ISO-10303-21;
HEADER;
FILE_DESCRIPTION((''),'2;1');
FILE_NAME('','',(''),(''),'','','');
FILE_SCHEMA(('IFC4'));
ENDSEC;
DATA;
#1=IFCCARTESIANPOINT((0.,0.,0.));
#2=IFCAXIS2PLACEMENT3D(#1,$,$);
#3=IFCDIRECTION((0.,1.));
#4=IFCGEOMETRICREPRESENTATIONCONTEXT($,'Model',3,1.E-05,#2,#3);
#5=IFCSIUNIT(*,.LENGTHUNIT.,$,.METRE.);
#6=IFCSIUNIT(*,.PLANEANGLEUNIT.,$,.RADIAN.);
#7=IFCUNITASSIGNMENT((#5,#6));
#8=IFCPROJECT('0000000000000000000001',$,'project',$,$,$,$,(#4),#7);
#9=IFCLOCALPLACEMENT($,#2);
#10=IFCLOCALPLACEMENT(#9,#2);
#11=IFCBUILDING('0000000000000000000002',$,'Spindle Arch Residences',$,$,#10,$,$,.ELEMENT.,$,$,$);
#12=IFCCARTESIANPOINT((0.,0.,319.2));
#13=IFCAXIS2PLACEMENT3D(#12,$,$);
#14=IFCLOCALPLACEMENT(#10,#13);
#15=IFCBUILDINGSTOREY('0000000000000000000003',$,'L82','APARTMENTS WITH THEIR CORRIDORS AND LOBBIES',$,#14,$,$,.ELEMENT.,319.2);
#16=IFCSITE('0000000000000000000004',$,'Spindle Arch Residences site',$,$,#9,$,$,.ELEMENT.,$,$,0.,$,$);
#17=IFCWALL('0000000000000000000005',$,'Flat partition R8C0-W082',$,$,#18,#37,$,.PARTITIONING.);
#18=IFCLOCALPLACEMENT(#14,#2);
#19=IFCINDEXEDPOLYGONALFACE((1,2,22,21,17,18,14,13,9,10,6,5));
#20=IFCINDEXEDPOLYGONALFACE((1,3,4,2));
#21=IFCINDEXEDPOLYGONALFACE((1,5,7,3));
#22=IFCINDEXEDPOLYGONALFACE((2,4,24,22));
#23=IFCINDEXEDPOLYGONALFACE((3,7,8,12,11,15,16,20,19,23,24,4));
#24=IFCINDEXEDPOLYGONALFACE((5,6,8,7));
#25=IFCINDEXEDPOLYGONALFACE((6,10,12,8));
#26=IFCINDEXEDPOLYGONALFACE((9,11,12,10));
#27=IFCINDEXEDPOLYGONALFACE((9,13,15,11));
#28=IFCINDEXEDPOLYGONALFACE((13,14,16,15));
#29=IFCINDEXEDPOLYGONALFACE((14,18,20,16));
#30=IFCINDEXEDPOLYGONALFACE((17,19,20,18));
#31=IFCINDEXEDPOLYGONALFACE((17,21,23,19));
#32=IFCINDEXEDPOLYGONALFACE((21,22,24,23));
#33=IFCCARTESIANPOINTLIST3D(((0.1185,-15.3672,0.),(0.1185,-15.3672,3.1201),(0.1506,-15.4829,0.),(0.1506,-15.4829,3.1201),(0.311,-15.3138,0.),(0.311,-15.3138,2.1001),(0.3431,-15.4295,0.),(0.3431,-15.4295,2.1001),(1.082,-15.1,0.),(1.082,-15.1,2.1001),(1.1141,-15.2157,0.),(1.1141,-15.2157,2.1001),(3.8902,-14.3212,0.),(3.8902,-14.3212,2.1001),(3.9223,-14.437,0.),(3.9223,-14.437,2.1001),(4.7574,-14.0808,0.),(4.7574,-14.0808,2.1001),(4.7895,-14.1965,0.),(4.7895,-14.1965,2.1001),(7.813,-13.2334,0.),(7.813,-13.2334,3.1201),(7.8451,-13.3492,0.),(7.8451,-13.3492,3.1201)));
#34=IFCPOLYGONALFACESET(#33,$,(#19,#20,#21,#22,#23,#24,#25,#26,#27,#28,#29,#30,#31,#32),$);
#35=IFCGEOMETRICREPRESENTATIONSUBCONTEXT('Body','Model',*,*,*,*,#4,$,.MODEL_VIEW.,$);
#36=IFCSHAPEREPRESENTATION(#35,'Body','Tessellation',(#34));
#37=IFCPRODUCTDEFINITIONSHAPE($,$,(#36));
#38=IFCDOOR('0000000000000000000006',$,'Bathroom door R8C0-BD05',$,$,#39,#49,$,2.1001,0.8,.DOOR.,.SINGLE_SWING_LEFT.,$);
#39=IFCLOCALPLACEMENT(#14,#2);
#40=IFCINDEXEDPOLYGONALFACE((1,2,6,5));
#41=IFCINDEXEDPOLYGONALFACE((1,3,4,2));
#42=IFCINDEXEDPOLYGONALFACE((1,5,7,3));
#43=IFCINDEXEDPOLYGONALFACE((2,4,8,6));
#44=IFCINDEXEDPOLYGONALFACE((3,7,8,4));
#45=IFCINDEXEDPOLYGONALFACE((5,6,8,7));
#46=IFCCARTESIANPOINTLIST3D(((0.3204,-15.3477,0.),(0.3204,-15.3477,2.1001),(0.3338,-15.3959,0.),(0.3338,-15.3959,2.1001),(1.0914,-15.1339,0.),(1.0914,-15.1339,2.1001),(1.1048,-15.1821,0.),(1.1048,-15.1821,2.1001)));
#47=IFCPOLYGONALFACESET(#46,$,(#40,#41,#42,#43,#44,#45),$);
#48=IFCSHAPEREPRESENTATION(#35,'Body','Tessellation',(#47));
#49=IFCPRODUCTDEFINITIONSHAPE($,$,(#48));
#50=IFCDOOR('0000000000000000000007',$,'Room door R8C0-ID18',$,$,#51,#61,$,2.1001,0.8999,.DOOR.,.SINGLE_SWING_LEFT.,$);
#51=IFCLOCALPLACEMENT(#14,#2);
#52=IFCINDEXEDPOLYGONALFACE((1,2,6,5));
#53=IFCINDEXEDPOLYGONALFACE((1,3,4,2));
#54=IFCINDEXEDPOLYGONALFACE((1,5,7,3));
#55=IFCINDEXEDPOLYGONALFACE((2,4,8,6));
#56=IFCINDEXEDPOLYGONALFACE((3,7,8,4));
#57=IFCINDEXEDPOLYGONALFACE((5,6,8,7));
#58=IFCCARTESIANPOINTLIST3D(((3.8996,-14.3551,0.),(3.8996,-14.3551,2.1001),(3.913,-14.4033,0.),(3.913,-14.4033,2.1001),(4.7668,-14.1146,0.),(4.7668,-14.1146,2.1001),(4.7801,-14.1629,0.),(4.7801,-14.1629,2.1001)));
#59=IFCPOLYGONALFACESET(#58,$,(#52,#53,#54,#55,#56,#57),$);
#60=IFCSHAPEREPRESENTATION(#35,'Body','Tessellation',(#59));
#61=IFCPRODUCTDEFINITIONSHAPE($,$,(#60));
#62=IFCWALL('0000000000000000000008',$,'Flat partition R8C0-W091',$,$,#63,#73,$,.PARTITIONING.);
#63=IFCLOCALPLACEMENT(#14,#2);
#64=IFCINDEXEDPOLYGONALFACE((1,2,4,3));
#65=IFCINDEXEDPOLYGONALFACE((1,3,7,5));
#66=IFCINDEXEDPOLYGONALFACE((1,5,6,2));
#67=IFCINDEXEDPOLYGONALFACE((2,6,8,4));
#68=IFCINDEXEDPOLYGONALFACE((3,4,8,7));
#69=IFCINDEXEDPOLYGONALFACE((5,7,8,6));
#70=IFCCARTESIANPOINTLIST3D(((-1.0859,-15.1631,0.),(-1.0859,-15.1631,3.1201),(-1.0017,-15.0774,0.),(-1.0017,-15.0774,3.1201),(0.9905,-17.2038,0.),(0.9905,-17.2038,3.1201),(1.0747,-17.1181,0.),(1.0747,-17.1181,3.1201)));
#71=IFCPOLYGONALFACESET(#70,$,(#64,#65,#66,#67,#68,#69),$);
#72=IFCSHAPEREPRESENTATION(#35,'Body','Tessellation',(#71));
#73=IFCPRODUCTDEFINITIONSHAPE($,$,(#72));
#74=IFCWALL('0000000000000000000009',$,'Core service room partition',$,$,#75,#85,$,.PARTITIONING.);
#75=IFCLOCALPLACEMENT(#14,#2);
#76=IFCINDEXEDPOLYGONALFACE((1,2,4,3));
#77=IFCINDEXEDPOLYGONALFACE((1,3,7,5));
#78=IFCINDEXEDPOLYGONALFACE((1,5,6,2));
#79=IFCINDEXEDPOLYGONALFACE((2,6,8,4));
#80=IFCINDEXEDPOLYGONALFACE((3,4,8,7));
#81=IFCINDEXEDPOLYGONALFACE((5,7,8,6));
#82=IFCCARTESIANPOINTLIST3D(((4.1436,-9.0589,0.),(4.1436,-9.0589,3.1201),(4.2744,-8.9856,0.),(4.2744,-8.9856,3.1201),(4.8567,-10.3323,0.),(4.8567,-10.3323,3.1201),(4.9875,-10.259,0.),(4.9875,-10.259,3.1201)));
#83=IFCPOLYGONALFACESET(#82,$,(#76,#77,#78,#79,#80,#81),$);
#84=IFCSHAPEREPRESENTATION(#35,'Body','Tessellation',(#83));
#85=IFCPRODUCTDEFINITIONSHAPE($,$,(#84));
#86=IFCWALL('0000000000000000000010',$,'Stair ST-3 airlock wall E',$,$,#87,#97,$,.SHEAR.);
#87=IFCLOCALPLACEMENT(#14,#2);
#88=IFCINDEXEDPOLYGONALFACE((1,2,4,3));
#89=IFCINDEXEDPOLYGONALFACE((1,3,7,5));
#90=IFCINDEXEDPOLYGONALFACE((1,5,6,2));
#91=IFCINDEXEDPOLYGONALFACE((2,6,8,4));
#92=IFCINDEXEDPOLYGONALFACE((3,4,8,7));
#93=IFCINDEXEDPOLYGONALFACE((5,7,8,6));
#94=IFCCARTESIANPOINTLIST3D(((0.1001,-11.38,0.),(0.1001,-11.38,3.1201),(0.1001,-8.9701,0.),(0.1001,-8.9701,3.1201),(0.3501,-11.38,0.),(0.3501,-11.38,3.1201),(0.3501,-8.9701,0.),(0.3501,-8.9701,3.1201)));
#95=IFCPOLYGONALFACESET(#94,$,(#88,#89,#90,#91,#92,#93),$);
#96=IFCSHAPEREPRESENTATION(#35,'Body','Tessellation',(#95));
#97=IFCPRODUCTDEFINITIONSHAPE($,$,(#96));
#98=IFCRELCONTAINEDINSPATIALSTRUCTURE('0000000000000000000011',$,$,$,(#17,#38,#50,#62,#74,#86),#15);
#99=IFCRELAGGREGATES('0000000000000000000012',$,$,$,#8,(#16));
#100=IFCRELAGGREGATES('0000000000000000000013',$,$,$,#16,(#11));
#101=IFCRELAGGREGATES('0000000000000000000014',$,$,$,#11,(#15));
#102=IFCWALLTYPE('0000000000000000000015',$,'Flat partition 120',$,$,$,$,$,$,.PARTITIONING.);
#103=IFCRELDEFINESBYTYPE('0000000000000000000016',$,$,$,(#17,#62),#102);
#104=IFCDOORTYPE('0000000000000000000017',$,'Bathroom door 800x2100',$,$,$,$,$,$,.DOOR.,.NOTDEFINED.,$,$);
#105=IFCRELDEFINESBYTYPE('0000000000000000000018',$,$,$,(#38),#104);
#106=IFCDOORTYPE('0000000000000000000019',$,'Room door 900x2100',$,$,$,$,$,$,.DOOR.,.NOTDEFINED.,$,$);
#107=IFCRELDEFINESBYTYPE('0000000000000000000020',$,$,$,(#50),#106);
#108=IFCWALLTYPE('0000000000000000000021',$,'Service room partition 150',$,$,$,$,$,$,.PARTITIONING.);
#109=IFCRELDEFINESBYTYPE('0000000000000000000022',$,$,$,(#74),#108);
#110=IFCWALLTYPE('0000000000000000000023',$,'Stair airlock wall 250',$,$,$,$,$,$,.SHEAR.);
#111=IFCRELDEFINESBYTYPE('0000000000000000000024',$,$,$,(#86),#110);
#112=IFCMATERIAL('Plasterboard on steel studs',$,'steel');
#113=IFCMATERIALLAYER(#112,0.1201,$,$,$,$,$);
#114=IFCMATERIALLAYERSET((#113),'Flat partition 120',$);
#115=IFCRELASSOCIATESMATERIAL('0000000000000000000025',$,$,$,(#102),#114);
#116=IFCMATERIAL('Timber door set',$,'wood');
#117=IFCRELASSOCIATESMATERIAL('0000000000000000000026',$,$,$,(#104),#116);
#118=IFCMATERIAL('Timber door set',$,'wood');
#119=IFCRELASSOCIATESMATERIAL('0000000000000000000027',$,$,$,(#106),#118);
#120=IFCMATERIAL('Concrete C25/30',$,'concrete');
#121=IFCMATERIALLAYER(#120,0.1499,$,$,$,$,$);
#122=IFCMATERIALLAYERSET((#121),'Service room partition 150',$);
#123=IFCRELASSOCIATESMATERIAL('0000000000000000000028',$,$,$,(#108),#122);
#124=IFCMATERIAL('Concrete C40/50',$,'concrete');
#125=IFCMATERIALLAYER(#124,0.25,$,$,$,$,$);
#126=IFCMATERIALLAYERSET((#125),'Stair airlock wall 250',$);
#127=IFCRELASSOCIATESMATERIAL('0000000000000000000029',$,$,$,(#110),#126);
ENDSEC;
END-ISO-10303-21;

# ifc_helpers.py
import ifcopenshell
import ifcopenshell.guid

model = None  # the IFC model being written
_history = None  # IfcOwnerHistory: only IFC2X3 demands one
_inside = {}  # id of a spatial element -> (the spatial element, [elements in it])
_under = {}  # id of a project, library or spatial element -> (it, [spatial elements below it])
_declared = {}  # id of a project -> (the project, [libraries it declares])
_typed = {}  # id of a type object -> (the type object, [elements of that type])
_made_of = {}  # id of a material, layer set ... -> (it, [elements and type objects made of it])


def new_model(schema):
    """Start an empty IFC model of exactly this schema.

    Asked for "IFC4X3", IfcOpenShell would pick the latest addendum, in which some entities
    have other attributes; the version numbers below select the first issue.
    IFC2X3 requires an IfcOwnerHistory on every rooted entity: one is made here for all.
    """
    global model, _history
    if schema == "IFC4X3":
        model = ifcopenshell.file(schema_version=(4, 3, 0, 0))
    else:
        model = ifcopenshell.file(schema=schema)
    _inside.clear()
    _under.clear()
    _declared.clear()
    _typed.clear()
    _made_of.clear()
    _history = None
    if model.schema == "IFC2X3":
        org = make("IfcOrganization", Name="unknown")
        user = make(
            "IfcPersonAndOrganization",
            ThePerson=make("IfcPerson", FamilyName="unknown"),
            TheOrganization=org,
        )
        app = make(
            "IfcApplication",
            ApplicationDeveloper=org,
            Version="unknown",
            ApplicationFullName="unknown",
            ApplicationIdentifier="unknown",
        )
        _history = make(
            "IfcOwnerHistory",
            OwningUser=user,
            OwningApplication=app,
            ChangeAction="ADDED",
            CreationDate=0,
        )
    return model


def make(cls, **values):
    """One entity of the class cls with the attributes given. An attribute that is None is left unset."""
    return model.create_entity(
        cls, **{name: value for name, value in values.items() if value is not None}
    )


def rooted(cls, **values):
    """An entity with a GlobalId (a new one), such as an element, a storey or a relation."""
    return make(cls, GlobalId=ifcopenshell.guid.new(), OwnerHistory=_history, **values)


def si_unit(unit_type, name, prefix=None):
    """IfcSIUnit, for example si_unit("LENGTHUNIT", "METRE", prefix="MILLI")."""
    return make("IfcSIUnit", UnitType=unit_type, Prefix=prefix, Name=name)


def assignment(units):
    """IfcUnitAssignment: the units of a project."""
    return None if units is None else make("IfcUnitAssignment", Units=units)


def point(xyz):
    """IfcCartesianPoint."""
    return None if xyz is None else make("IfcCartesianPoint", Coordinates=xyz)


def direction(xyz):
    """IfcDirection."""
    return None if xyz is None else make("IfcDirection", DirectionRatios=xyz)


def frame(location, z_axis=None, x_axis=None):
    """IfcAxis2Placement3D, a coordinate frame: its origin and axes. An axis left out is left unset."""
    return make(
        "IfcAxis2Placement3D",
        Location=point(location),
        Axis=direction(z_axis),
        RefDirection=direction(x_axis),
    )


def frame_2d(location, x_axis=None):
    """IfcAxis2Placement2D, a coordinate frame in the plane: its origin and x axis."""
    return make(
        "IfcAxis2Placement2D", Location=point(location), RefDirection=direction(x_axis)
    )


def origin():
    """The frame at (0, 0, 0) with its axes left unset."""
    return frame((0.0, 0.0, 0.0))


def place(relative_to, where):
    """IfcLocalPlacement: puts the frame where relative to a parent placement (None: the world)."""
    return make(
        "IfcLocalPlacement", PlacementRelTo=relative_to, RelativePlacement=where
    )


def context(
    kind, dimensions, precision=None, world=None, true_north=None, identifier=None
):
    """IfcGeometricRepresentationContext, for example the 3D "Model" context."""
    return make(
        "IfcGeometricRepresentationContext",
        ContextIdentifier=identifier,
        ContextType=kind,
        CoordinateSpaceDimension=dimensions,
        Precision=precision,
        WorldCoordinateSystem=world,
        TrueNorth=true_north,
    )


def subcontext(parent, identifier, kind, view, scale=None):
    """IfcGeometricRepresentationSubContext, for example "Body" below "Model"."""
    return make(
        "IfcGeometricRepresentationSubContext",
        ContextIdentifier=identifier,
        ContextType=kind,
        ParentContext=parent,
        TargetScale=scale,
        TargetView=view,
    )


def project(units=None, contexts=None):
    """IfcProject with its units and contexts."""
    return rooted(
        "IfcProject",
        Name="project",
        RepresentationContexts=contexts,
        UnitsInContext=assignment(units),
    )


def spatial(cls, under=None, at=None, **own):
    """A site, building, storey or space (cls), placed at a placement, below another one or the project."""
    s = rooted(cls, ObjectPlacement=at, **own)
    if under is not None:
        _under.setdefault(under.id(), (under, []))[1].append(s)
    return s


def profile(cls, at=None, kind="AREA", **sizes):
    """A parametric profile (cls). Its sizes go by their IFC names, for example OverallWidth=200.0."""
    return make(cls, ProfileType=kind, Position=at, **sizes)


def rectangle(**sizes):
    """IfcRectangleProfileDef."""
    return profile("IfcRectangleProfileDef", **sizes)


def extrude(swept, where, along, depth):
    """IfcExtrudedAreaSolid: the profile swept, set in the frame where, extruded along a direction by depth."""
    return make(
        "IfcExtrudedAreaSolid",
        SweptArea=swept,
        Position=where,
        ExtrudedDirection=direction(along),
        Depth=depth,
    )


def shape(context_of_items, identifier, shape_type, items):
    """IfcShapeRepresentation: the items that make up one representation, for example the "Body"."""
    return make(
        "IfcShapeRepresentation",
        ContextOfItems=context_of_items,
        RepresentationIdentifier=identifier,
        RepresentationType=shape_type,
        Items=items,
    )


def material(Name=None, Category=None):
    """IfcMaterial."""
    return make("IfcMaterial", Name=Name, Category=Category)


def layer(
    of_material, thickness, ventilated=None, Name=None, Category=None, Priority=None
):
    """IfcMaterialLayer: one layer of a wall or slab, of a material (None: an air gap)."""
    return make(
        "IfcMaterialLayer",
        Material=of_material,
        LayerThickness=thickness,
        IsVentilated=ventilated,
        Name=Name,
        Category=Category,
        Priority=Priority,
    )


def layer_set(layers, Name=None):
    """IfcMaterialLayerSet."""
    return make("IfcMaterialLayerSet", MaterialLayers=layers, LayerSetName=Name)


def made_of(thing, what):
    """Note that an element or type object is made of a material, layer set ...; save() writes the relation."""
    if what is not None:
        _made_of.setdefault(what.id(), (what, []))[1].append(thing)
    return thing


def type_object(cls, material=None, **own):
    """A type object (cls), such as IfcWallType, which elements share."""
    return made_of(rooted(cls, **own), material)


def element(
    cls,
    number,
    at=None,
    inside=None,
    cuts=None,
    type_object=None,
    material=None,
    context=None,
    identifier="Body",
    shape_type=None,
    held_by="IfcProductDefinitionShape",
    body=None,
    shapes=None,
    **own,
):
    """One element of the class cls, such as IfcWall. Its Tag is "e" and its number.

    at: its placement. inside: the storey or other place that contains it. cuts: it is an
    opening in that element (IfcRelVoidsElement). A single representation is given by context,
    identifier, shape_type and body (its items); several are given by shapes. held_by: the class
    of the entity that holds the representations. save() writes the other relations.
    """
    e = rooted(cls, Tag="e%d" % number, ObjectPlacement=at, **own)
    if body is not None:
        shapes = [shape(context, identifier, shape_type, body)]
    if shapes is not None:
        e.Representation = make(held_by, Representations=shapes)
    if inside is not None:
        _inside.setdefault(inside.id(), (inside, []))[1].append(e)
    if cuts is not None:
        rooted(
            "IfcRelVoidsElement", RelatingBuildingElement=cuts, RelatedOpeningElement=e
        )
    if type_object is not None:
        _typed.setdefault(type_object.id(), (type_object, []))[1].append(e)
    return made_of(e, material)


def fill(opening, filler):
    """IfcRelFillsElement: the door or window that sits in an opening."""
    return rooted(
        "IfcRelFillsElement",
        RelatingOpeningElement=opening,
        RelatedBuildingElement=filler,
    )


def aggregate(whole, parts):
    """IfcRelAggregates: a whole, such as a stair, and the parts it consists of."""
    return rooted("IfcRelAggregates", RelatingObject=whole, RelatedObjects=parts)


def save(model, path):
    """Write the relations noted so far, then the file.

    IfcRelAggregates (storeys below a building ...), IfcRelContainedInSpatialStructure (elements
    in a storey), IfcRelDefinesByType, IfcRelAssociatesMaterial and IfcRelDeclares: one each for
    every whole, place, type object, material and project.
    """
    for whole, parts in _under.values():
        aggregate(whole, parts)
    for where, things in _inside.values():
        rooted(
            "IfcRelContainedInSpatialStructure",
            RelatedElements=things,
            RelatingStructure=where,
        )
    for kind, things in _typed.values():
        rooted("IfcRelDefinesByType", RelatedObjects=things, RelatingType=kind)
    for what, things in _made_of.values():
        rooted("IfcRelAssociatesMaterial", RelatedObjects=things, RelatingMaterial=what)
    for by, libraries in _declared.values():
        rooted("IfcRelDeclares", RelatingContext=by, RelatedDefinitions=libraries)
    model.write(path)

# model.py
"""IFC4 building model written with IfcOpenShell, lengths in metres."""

from ifc_helpers import new_model, si_unit, direction, frame, frame_2d, origin, place, context, subcontext, project, spatial, rectangle, extrude, material, layer, layer_set, type_object, element, fill, save


model = new_model("IFC4")

# Units and contexts
model_context = context("Model", 3, precision=1e-05, world=origin(), true_north=direction((0.0, 1.0)))
body_context = subcontext(model_context, "Body", "Model", "MODEL_VIEW")
ifc_project = project(units=[si_unit("LENGTHUNIT", "METRE"), si_unit("PLANEANGLEUNIT", "RADIAN")], contexts=[model_context])

# Site, building, storey
site_placement = place(None, origin())
site = spatial("IfcSite", under=ifc_project, at=site_placement, Name="Spindle Arch Residences site", CompositionType="ELEMENT", RefElevation=0.0)
building_placement = place(site_placement, origin())
building = spatial("IfcBuilding", under=site, at=building_placement, Name="Spindle Arch Residences", CompositionType="ELEMENT")
storey_placement = place(building_placement, frame((0.0, 0.0, 319.2)))
storey = spatial("IfcBuildingStorey", under=building, at=storey_placement, Name="L82", Description="APARTMENTS WITH THEIR CORRIDORS AND LOBBIES", CompositionType="ELEMENT", Elevation=319.2)

# Wall, openings, doors
ifc_material_1 = material(Name="Plasterboard on steel studs", Category="steel")
ifc_layer_1 = layer(ifc_material_1, 0.1201)
ifc_layer_set_1 = layer_set([ifc_layer_1], Name="Flat partition 120")
wall_type_1 = type_object("IfcWallType", Name="Flat partition 120", PredefinedType="PARTITIONING", material=ifc_layer_set_1)
wall_1_placement = place(storey_placement, frame((0.1345, -15.425, 0.0), z_axis=(0.0, 0.0, 1.0), x_axis=(0.963634, 0.267226, 0.0)))
wall_1 = element("IfcWall", 1, at=wall_1_placement, inside=storey, type_object=wall_type_1, Name="Flat partition R8C0-W082", PredefinedType="PARTITIONING", context=body_context, shape_type="SweptSolid", body=[
    extrude(rectangle(XDim=7.9849, YDim=0.1201, at=frame_2d((3.9924, 0.0))), origin(), (0.0, 0.0, 1.0), 3.1201),
])
opening_1_placement = place(wall_1_placement, frame((0.2, 0.0, 0.0)))
opening_1 = element("IfcOpeningElement", 2, at=opening_1_placement, cuts=wall_1, PredefinedType="OPENING", context=body_context, shape_type="SweptSolid", body=[
    extrude(rectangle(XDim=0.8, YDim=2.1001, at=frame_2d((0.3999, 1.05))), frame((0.0, 0.0701, 0.0), z_axis=(0.0, -1.0, 0.0), x_axis=(1.0, 0.0, 0.0)), (0.0, 0.0, 1.0), 0.1401),
])
opening_2_placement = place(wall_1_placement, frame((3.9141, 0.0, 0.0)))
opening_2 = element("IfcOpeningElement", 3, at=opening_2_placement, cuts=wall_1, PredefinedType="OPENING", context=body_context, shape_type="SweptSolid", body=[
    extrude(rectangle(XDim=0.8999, YDim=2.1001, at=frame_2d((0.45, 1.05))), frame((0.0, 0.0701, 0.0), z_axis=(0.0, -1.0, 0.0), x_axis=(1.0, 0.0, 0.0)), (0.0, 0.0, 1.0), 0.1401),
])
ifc_material_2 = material(Name="Timber door set", Category="wood")
door_type_1 = type_object("IfcDoorType", Name="Bathroom door 800x2100", OperationType="NOTDEFINED", PredefinedType="DOOR", material=ifc_material_2)
door_1_placement = place(opening_1_placement, origin())
door_1 = element("IfcDoor", 4, at=door_1_placement, inside=storey, type_object=door_type_1, Name="Bathroom door R8C0-BD05", OperationType="SINGLE_SWING_LEFT", OverallHeight=2.1001, OverallWidth=0.8, PredefinedType="DOOR", context=body_context, shape_type="SweptSolid", body=[
    extrude(rectangle(XDim=0.8, YDim=2.1001, at=frame_2d((0.3999, 1.05))), frame((0.0, 0.0249, 0.0), z_axis=(0.0, -1.0, 0.0), x_axis=(1.0, 0.0, 0.0)), (0.0, 0.0, 1.0), 0.05),
])
fill(opening_1, door_1)
ifc_material_3 = material(Name="Timber door set", Category="wood")
door_type_2 = type_object("IfcDoorType", Name="Room door 900x2100", OperationType="NOTDEFINED", PredefinedType="DOOR", material=ifc_material_3)
door_2_placement = place(opening_2_placement, origin())
door_2 = element("IfcDoor", 5, at=door_2_placement, inside=storey, type_object=door_type_2, Name="Room door R8C0-ID18", OperationType="SINGLE_SWING_LEFT", OverallHeight=2.1001, OverallWidth=0.8999, PredefinedType="DOOR", context=body_context, shape_type="SweptSolid", body=[
    extrude(rectangle(XDim=0.8999, YDim=2.1001, at=frame_2d((0.45, 1.05))), frame((0.0, 0.0249, 0.0), z_axis=(0.0, -1.0, 0.0), x_axis=(1.0, 0.0, 0.0)), (0.0, 0.0, 1.0), 0.05),
])
fill(opening_2, door_2)

# Wall
wall_2_placement = place(storey_placement, frame((1.0325, -17.1609, 0.0), z_axis=(0.0, 0.0, 1.0), x_axis=(-0.713202, 0.700959, 0.0)))
element("IfcWall", 6, at=wall_2_placement, inside=storey, type_object=wall_type_1, Name="Flat partition R8C0-W091", PredefinedType="PARTITIONING", context=body_context, shape_type="SweptSolid", body=[
    extrude(rectangle(XDim=2.9114, YDim=0.1201, at=frame_2d((1.4556, 0.0))), origin(), (0.0, 0.0, 1.0), 3.1201),
])

# Walls
ifc_material_4 = material(Name="Concrete C25/30", Category="concrete")
ifc_layer_2 = layer(ifc_material_4, 0.1499)
ifc_layer_set_2 = layer_set([ifc_layer_2], Name="Service room partition 150")
wall_type_2 = type_object("IfcWallType", Name="Service room partition 150", PredefinedType="PARTITIONING", material=ifc_layer_set_2)
wall_3_placement = place(storey_placement, frame((4.9221, -10.2957, 0.0), z_axis=(0.0, 0.0, 1.0), x_axis=(-0.488608, 0.872503, 0.0)))
element("IfcWall", 7, at=wall_3_placement, inside=storey, type_object=wall_type_2, Name="Core service room partition", PredefinedType="PARTITIONING", context=body_context, shape_type="SweptSolid", body=[
    extrude(rectangle(XDim=1.4595, YDim=0.1499, at=frame_2d((0.7297, 0.0))), origin(), (0.0, 0.0, 1.0), 3.1201),
])
ifc_material_5 = material(Name="Concrete C40/50", Category="concrete")
ifc_layer_3 = layer(ifc_material_5, 0.25)
ifc_layer_set_3 = layer_set([ifc_layer_3], Name="Stair airlock wall 250")
wall_type_3 = type_object("IfcWallType", Name="Stair airlock wall 250", PredefinedType="SHEAR", material=ifc_layer_set_3)
wall_4_placement = place(storey_placement, frame((0.2251, -8.97, 0.0), z_axis=(0.0, 0.0, 1.0), x_axis=(0.0, -1.0, 0.0)))
element("IfcWall", 8, at=wall_4_placement, inside=storey, type_object=wall_type_3, Name="Stair ST-3 airlock wall E", PredefinedType="SHEAR", context=body_context, shape_type="SweptSolid", body=[
    extrude(rectangle(XDim=2.4099, YDim=0.25, at=frame_2d((1.2051, 0.0))), origin(), (0.0, 0.0, 1.0), 3.1201),
])

save(model, "model.ifc")
